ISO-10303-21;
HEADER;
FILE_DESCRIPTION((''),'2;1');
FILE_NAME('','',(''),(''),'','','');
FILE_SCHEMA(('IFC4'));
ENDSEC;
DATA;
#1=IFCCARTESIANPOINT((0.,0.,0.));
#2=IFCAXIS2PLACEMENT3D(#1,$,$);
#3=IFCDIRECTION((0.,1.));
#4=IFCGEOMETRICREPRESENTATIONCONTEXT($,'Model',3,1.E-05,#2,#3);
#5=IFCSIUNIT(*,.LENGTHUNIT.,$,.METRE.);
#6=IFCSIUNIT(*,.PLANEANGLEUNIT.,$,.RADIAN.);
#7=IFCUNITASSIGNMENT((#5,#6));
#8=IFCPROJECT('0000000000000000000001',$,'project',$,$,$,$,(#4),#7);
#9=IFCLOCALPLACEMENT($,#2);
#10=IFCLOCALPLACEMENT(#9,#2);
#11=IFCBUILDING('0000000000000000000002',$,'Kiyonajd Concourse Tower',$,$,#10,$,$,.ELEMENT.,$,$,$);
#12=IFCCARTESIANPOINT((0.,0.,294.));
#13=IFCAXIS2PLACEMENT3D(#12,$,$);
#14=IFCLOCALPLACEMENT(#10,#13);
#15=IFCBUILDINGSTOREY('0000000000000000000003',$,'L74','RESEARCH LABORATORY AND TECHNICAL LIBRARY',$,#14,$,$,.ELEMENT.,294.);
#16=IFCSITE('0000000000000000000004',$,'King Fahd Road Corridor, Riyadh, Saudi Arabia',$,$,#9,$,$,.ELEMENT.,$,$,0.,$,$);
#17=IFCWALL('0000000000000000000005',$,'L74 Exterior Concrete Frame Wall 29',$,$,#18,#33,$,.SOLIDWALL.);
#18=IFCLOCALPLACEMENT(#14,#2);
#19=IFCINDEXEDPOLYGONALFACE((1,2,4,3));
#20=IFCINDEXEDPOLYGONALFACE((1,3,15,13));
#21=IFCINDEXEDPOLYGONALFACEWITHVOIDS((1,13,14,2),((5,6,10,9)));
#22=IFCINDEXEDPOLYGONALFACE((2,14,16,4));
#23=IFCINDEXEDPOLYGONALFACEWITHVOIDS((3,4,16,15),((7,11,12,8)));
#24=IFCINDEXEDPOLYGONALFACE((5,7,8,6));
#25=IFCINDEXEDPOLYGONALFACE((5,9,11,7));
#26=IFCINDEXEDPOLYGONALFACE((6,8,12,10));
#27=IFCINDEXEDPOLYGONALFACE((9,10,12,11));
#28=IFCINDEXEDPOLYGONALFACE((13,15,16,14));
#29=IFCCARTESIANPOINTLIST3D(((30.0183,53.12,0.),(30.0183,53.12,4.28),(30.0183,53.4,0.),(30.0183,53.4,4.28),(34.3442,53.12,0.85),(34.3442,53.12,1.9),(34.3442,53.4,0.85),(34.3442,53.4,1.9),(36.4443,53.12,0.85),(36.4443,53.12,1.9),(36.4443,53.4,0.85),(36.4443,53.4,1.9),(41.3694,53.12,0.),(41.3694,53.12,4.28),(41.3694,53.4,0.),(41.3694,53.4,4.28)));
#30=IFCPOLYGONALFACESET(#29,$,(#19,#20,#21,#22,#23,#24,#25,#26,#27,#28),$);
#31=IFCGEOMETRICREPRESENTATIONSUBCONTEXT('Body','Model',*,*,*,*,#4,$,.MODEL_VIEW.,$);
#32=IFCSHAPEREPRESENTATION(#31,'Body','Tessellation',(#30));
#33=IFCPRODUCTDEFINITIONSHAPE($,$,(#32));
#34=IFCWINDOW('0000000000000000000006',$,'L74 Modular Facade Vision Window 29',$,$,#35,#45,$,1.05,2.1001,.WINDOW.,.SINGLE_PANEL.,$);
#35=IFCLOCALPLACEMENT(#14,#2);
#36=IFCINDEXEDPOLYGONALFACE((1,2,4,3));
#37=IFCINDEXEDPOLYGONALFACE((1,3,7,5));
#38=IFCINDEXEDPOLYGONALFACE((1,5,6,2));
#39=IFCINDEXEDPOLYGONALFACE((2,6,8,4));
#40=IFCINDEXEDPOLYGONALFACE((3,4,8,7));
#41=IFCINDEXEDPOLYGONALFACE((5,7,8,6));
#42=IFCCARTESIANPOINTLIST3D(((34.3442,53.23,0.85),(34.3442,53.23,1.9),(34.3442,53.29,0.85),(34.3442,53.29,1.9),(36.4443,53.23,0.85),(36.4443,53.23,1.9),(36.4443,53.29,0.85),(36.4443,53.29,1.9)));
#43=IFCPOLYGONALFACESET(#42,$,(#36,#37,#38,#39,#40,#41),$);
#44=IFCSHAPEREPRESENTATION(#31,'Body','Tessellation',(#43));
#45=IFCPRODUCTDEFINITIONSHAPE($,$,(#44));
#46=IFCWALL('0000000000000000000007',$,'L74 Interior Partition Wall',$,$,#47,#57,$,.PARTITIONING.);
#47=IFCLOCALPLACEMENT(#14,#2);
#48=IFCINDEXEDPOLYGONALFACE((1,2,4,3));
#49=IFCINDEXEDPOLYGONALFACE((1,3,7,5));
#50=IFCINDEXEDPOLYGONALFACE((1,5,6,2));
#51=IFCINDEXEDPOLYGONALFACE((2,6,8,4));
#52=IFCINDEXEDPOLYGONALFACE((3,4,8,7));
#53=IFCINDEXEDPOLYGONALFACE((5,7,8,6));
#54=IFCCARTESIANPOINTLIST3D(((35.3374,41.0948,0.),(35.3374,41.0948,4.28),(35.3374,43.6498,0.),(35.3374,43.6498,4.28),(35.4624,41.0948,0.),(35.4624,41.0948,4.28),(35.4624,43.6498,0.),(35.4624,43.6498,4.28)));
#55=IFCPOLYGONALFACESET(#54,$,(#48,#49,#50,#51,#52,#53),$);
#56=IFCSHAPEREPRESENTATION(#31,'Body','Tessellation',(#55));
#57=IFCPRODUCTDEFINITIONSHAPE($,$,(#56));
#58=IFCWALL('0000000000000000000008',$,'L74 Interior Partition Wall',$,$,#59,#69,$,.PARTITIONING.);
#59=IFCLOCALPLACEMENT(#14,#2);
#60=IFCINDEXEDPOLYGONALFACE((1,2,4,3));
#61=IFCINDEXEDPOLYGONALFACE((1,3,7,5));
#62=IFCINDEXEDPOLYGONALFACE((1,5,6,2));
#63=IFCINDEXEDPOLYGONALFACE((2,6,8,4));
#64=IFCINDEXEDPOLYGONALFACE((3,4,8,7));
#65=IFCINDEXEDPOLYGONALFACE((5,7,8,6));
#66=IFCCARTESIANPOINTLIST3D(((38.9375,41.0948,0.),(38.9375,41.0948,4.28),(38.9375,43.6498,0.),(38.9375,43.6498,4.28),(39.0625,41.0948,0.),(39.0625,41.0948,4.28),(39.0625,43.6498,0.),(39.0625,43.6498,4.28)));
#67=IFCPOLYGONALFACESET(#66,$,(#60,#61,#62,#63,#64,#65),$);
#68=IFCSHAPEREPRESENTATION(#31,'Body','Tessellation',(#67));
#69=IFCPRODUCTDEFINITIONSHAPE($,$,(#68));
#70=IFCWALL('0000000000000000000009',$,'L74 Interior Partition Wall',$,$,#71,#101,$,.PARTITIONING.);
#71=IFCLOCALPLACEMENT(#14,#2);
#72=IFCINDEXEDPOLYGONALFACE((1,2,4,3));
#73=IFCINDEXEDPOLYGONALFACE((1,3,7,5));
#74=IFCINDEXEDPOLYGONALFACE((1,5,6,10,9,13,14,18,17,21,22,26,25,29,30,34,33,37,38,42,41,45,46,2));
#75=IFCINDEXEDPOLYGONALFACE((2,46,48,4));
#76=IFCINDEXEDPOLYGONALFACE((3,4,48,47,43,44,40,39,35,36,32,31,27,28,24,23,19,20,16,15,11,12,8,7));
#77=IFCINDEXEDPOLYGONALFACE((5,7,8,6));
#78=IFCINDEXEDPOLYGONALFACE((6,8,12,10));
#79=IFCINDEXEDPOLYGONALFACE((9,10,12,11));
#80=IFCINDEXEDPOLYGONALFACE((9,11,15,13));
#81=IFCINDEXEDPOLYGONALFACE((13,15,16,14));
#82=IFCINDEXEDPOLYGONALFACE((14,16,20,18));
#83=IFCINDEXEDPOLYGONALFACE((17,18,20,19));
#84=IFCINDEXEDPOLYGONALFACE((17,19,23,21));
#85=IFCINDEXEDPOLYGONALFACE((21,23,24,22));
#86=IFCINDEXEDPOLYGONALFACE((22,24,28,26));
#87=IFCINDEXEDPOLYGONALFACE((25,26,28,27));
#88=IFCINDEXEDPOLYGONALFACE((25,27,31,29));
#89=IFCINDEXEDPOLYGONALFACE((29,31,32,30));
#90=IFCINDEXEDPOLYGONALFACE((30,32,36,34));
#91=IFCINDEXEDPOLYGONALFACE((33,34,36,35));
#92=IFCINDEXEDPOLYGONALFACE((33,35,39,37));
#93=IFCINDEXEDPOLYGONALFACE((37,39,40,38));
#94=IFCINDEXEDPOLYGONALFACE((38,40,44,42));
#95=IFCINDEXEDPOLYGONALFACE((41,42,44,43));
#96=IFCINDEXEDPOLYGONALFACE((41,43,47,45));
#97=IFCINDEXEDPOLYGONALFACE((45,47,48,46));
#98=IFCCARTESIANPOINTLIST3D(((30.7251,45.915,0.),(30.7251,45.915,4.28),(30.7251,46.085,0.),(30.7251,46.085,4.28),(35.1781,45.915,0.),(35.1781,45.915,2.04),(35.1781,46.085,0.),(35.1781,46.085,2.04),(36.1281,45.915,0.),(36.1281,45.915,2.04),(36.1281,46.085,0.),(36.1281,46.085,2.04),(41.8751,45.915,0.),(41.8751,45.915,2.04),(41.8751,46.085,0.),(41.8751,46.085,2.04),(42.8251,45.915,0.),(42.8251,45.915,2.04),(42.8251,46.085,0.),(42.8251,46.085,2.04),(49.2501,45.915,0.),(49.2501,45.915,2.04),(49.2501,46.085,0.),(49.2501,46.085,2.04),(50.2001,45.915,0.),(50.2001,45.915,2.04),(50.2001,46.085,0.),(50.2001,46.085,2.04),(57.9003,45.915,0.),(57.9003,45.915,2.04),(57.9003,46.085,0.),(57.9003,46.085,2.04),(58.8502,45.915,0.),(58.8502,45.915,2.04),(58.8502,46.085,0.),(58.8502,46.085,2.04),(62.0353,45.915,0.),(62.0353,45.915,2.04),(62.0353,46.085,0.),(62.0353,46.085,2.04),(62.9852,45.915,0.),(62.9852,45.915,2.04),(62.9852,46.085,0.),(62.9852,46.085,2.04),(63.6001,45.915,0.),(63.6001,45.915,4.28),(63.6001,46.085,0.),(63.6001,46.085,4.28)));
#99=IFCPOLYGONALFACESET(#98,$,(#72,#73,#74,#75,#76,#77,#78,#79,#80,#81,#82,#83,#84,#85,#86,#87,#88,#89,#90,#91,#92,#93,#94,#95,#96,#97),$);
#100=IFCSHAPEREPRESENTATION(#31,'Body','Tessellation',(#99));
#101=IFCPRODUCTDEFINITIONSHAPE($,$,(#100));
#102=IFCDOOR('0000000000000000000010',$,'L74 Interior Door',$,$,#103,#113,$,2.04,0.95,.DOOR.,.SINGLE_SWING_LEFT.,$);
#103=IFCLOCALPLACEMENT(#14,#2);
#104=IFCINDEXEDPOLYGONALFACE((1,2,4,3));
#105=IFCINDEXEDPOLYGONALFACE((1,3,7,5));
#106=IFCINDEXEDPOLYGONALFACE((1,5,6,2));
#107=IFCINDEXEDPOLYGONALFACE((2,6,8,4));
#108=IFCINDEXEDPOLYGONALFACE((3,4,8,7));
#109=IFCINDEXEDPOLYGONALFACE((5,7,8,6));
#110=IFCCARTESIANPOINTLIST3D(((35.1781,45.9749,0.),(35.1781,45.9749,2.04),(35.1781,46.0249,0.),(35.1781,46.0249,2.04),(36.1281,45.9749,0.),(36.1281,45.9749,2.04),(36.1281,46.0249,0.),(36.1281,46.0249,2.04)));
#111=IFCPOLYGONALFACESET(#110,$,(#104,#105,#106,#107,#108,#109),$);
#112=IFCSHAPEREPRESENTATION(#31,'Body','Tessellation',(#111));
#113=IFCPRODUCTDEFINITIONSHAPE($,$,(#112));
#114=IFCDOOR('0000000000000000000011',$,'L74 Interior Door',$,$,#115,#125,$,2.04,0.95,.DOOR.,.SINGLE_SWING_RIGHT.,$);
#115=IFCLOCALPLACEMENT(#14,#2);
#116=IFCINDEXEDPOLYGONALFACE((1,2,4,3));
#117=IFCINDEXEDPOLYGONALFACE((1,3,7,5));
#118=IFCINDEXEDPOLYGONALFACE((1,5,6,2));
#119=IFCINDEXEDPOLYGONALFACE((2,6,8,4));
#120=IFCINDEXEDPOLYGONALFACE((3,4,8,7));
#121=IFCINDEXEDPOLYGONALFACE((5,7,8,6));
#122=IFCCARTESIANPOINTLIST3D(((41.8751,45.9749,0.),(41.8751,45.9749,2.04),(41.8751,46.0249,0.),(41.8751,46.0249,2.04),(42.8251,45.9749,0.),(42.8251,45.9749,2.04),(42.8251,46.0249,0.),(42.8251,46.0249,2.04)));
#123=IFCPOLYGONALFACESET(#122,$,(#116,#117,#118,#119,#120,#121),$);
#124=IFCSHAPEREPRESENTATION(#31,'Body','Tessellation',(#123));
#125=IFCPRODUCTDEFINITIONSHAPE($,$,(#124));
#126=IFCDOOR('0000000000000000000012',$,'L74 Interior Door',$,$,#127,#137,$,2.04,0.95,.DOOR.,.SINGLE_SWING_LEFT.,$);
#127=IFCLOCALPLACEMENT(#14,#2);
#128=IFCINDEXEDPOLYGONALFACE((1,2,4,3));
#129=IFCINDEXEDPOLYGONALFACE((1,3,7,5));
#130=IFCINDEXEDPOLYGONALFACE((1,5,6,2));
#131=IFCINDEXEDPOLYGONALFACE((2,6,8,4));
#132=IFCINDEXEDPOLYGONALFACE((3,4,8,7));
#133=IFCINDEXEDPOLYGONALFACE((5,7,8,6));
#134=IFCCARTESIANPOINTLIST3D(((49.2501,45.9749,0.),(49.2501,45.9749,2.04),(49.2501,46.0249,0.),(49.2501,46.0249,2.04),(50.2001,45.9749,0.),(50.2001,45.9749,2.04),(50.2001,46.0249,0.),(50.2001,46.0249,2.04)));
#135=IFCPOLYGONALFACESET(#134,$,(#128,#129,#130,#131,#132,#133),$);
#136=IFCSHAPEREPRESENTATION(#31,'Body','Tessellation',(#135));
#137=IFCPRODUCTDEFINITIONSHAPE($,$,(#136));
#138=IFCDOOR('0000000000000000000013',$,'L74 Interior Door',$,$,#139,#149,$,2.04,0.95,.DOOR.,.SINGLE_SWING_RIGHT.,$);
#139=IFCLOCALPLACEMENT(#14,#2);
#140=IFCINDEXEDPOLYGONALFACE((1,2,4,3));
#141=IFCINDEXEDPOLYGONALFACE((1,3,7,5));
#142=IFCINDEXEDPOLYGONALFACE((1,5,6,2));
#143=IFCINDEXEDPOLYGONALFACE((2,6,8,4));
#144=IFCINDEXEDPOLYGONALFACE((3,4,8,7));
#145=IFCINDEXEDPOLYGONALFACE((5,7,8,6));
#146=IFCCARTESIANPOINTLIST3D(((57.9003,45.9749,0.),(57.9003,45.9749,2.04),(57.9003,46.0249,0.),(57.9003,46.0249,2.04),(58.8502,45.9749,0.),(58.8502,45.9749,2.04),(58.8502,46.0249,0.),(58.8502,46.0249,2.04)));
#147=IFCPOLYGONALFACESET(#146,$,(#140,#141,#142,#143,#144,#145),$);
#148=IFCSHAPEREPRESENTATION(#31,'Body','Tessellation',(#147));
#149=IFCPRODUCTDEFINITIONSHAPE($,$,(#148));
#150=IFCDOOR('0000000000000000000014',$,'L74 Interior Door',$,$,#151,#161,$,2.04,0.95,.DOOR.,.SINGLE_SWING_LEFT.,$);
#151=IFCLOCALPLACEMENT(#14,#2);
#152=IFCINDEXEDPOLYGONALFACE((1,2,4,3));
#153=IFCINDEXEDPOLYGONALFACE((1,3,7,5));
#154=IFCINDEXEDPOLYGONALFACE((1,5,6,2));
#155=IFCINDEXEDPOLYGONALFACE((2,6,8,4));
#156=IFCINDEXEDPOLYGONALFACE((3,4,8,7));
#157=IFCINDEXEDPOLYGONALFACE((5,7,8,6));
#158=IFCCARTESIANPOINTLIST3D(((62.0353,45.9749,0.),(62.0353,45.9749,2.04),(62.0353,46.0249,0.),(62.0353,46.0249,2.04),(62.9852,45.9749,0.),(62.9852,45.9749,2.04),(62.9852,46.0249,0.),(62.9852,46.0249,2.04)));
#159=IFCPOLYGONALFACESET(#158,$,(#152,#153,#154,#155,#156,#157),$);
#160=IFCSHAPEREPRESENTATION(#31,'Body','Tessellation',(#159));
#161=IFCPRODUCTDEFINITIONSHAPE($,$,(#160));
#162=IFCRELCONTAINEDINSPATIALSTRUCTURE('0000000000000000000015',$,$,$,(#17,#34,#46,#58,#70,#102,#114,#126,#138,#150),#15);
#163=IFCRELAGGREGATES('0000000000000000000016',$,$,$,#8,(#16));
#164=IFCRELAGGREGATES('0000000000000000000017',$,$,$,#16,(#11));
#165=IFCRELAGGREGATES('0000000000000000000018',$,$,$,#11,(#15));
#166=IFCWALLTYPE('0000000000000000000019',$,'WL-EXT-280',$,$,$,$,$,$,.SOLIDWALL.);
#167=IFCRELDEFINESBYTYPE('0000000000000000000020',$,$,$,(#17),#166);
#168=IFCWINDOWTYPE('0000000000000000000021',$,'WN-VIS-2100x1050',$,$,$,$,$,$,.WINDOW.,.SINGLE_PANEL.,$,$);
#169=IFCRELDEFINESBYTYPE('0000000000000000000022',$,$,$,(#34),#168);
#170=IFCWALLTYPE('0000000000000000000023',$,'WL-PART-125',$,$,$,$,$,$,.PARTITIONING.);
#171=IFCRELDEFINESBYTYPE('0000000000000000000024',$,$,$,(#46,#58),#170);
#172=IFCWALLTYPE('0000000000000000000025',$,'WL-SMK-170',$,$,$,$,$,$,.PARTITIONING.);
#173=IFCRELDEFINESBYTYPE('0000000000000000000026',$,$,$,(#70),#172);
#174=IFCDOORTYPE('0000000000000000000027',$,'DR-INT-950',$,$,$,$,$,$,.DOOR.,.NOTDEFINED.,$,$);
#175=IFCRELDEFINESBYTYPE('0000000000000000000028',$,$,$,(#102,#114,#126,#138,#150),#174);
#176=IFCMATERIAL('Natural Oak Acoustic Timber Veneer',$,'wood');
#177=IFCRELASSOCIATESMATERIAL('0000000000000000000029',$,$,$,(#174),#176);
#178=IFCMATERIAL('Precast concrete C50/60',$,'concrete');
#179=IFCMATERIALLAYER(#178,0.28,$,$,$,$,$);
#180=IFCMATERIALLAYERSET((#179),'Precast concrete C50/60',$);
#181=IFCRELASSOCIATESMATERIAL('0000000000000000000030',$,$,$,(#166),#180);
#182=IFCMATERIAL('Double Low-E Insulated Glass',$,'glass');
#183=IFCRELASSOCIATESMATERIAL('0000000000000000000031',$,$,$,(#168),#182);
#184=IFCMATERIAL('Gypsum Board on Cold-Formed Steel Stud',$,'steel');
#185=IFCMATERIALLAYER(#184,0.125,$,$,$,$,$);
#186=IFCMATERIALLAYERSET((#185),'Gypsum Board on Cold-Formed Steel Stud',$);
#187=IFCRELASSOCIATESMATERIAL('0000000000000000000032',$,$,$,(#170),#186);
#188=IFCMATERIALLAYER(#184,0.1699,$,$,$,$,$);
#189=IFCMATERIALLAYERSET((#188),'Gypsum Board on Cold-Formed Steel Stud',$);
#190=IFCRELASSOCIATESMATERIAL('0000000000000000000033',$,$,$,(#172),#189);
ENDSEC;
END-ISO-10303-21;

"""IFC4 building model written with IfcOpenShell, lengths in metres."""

from ifc_helpers import new_model, si_unit, direction, frame, frame_2d, origin, place, context, subcontext, project, spatial, rectangle, extrude, material, layer, layer_set, type_object, element, fill, save


model = new_model("IFC4")

# Units and contexts
model_context = context("Model", 3, precision=1e-05, world=origin(), true_north=direction((0.0, 1.0)))
body_context = subcontext(model_context, "Body", "Model", "MODEL_VIEW")
ifc_project = project(units=[si_unit("LENGTHUNIT", "METRE"), si_unit("PLANEANGLEUNIT", "RADIAN")], contexts=[model_context])

# Site, building, storey
site_placement = place(None, origin())
site = spatial("IfcSite", under=ifc_project, at=site_placement, Name="King Fahd Road Corridor, Riyadh, Saudi Arabia", CompositionType="ELEMENT", RefElevation=0.0)
building_placement = place(site_placement, origin())
building = spatial("IfcBuilding", under=site, at=building_placement, Name="Kiyonajd Concourse Tower", CompositionType="ELEMENT")
storey_placement = place(building_placement, frame((0.0, 0.0, 294.0)))
storey = spatial("IfcBuildingStorey", under=building, at=storey_placement, Name="L74", Description="RESEARCH LABORATORY AND TECHNICAL LIBRARY", CompositionType="ELEMENT", Elevation=294.0)

# Shared definitions
ifc_material_1 = material(Name="Natural Oak Acoustic Timber Veneer", Category="wood")
door_type_1 = type_object("IfcDoorType", Name="DR-INT-950", OperationType="NOTDEFINED", PredefinedType="DOOR", material=ifc_material_1)

# Shared definitions
ifc_material_2 = material(Name="Precast concrete C50/60", Category="concrete")
ifc_layer_1 = layer(ifc_material_2, 0.28)
ifc_layer_set_1 = layer_set([ifc_layer_1], Name="Precast concrete C50/60")
wall_type_1 = type_object("IfcWallType", Name="WL-EXT-280", PredefinedType="SOLIDWALL", material=ifc_layer_set_1)

# Wall, opening, window
wall_1_placement = place(storey_placement, frame((30.0183, 53.26, 0.0), z_axis=(0.0, 0.0, 1.0), x_axis=(1.0, 0.0, 0.0)))
wall_1 = element("IfcWall", 1, at=wall_1_placement, inside=storey, type_object=wall_type_1, Name="L74 Exterior Concrete Frame Wall 29", PredefinedType="SOLIDWALL", context=body_context, shape_type="SweptSolid", body=[
    extrude(rectangle(XDim=11.3511, YDim=0.28, at=frame_2d((5.6755, 0.0))), origin(), (0.0, 0.0, 1.0), 4.28),
])
opening_1_placement = place(wall_1_placement, frame((4.3259, 0.0, 0.8501)))
opening_1 = element("IfcOpeningElement", 2, at=opening_1_placement, cuts=wall_1, PredefinedType="OPENING", context=body_context, shape_type="SweptSolid", body=[
    extrude(rectangle(XDim=2.1001, YDim=1.05, at=frame_2d((1.05, 0.5249))), frame((0.0, 0.1499, 0.0), z_axis=(0.0, -1.0, 0.0), x_axis=(1.0, 0.0, 0.0)), (0.0, 0.0, 1.0), 0.3),
])
ifc_material_3 = material(Name="Double Low-E Insulated Glass", Category="glass")
window_type = type_object("IfcWindowType", Name="WN-VIS-2100x1050", PartitioningType="SINGLE_PANEL", PredefinedType="WINDOW", material=ifc_material_3)
window_placement = place(opening_1_placement, origin())
window = element("IfcWindow", 3, at=window_placement, inside=storey, type_object=window_type, Name="L74 Modular Facade Vision Window 29", OverallHeight=1.05, OverallWidth=2.1001, PartitioningType="SINGLE_PANEL", PredefinedType="WINDOW", context=body_context, shape_type="SweptSolid", body=[
    extrude(rectangle(XDim=2.1001, YDim=1.05, at=frame_2d((1.05, 0.5249))), frame((0.0, 0.03, 0.0), z_axis=(0.0, -1.0, 0.0), x_axis=(1.0, 0.0, 0.0)), (0.0, 0.0, 1.0), 0.0601),
])
fill(opening_1, window)

# Walls
ifc_material_4 = material(Name="Gypsum Board on Cold-Formed Steel Stud", Category="steel")
ifc_layer_2 = layer(ifc_material_4, 0.125)
ifc_layer_set_2 = layer_set([ifc_layer_2], Name="Gypsum Board on Cold-Formed Steel Stud")
wall_type_2 = type_object("IfcWallType", Name="WL-PART-125", PredefinedType="PARTITIONING", material=ifc_layer_set_2)
for number, where, z_axis, x_axis, name in (
    (4, (35.3999, 41.095, 0.0), (0.0, 0.0, 1.0), (0.0, 1.0, 0.0), "L74 Interior Partition Wall"),
    (5, (39.0, 41.095, 0.0), (0.0, 0.0, 1.0), (0.0, 1.0, 0.0), "L74 Interior Partition Wall"),
):
    element("IfcWall", number, at=place(storey_placement, frame(where, z_axis=z_axis, x_axis=x_axis)), inside=storey, type_object=wall_type_2, Name=name, PredefinedType="PARTITIONING", context=body_context, shape_type="SweptSolid", body=[
        extrude(rectangle(XDim=2.5549, YDim=0.125, at=frame_2d((1.2773, 0.0))), origin(), (0.0, 0.0, 1.0), 4.28),
    ])

# Wall, openings, doors
ifc_layer_3 = layer(ifc_material_4, 0.1699)
ifc_layer_set_3 = layer_set([ifc_layer_3], Name="Gypsum Board on Cold-Formed Steel Stud")
wall_type_3 = type_object("IfcWallType", Name="WL-SMK-170", PredefinedType="PARTITIONING", material=ifc_layer_set_3)
wall_2_placement = place(storey_placement, frame((30.7251, 46.0, 0.0), z_axis=(0.0, 0.0, 1.0), x_axis=(1.0, 0.0, 0.0)))
wall_2 = element("IfcWall", 6, at=wall_2_placement, inside=storey, type_object=wall_type_3, Name="L74 Interior Partition Wall", PredefinedType="PARTITIONING", context=body_context, shape_type="SweptSolid", body=[
    extrude(rectangle(XDim=32.875, YDim=0.1699, at=frame_2d((16.4375, 0.0))), origin(), (0.0, 0.0, 1.0), 4.28),
])
opening_2_placement = place(wall_2_placement, frame((4.4529, 0.0, 0.0)))
opening_2 = element("IfcOpeningElement", 7, at=opening_2_placement, cuts=wall_2, PredefinedType="OPENING", context=body_context, shape_type="SweptSolid", body=[
    extrude(rectangle(XDim=0.95, YDim=2.04, at=frame_2d((0.4751, 1.02))), frame((0.0, 0.095, 0.0), z_axis=(0.0, -1.0, 0.0), x_axis=(1.0, 0.0, 0.0)), (0.0, 0.0, 1.0), 0.1899),
])
opening_3_placement = place(wall_2_placement, frame((11.1499, 0.0, 0.0)))
opening_3 = element("IfcOpeningElement", 8, at=opening_3_placement, cuts=wall_2, PredefinedType="OPENING", context=body_context, shape_type="SweptSolid", body=[
    extrude(rectangle(XDim=0.95, YDim=2.04, at=frame_2d((0.4751, 1.02))), frame((0.0, 0.095, 0.0), z_axis=(0.0, -1.0, 0.0), x_axis=(1.0, 0.0, 0.0)), (0.0, 0.0, 1.0), 0.1899),
])
opening_4_placement = place(wall_2_placement, frame((18.5249, 0.0, 0.0)))
opening_4 = element("IfcOpeningElement", 9, at=opening_4_placement, cuts=wall_2, PredefinedType="OPENING", context=body_context, shape_type="SweptSolid", body=[
    extrude(rectangle(XDim=0.95, YDim=2.04, at=frame_2d((0.4751, 1.02))), frame((0.0, 0.095, 0.0), z_axis=(0.0, -1.0, 0.0), x_axis=(1.0, 0.0, 0.0)), (0.0, 0.0, 1.0), 0.1899),
])
opening_5_placement = place(wall_2_placement, frame((27.175, 0.0, 0.0)))
opening_5 = element("IfcOpeningElement", 10, at=opening_5_placement, cuts=wall_2, PredefinedType="OPENING", context=body_context, shape_type="SweptSolid", body=[
    extrude(rectangle(XDim=0.95, YDim=2.04, at=frame_2d((0.4751, 1.02))), frame((0.0, 0.095, 0.0), z_axis=(0.0, -1.0, 0.0), x_axis=(1.0, 0.0, 0.0)), (0.0, 0.0, 1.0), 0.1899),
])
opening_6_placement = place(wall_2_placement, frame((31.3101, 0.0, 0.0)))
opening_6 = element("IfcOpeningElement", 11, at=opening_6_placement, cuts=wall_2, PredefinedType="OPENING", context=body_context, shape_type="SweptSolid", body=[
    extrude(rectangle(XDim=0.95, YDim=2.04, at=frame_2d((0.4751, 1.02))), frame((0.0, 0.095, 0.0), z_axis=(0.0, -1.0, 0.0), x_axis=(1.0, 0.0, 0.0)), (0.0, 0.0, 1.0), 0.1899),
])
door_1_placement = place(opening_2_placement, origin())
door_1 = element("IfcDoor", 12, at=door_1_placement, inside=storey, type_object=door_type_1, Name="L74 Interior Door", OperationType="SINGLE_SWING_LEFT", OverallHeight=2.04, OverallWidth=0.95, PredefinedType="DOOR", context=body_context, shape_type="SweptSolid", body=[
    extrude(rectangle(XDim=0.95, YDim=2.04, at=frame_2d((0.4751, 1.02))), frame((0.0, 0.0249, 0.0), z_axis=(0.0, -1.0, 0.0), x_axis=(1.0, 0.0, 0.0)), (0.0, 0.0, 1.0), 0.05),
])
fill(opening_2, door_1)
door_2_placement = place(opening_3_placement, origin())
door_2 = element("IfcDoor", 13, at=door_2_placement, inside=storey, type_object=door_type_1, Name="L74 Interior Door", OperationType="SINGLE_SWING_RIGHT", OverallHeight=2.04, OverallWidth=0.95, PredefinedType="DOOR", context=body_context, shape_type="SweptSolid", body=[
    extrude(rectangle(XDim=0.95, YDim=2.04, at=frame_2d((0.4751, 1.02))), frame((0.0, 0.0249, 0.0), z_axis=(0.0, -1.0, 0.0), x_axis=(1.0, 0.0, 0.0)), (0.0, 0.0, 1.0), 0.05),
])
fill(opening_3, door_2)
door_3_placement = place(opening_4_placement, origin())
door_3 = element("IfcDoor", 14, at=door_3_placement, inside=storey, type_object=door_type_1, Name="L74 Interior Door", OperationType="SINGLE_SWING_LEFT", OverallHeight=2.04, OverallWidth=0.95, PredefinedType="DOOR", context=body_context, shape_type="SweptSolid", body=[
    extrude(rectangle(XDim=0.95, YDim=2.04, at=frame_2d((0.4751, 1.02))), frame((0.0, 0.0249, 0.0), z_axis=(0.0, -1.0, 0.0), x_axis=(1.0, 0.0, 0.0)), (0.0, 0.0, 1.0), 0.05),
])
fill(opening_4, door_3)
door_4_placement = place(opening_5_placement, origin())
door_4 = element("IfcDoor", 15, at=door_4_placement, inside=storey, type_object=door_type_1, Name="L74 Interior Door", OperationType="SINGLE_SWING_RIGHT", OverallHeight=2.04, OverallWidth=0.95, PredefinedType="DOOR", context=body_context, shape_type="SweptSolid", body=[
    extrude(rectangle(XDim=0.95, YDim=2.04, at=frame_2d((0.4751, 1.02))), frame((0.0, 0.0249, 0.0), z_axis=(0.0, -1.0, 0.0), x_axis=(1.0, 0.0, 0.0)), (0.0, 0.0, 1.0), 0.05),
])
fill(opening_5, door_4)
door_5_placement = place(opening_6_placement, origin())
door_5 = element("IfcDoor", 16, at=door_5_placement, inside=storey, type_object=door_type_1, Name="L74 Interior Door", OperationType="SINGLE_SWING_LEFT", OverallHeight=2.04, OverallWidth=0.95, PredefinedType="DOOR", context=body_context, shape_type="SweptSolid", body=[
    extrude(rectangle(XDim=0.95, YDim=2.04, at=frame_2d((0.4751, 1.02))), frame((0.0, 0.0249, 0.0), z_axis=(0.0, -1.0, 0.0), x_axis=(1.0, 0.0, 0.0)), (0.0, 0.0, 1.0), 0.05),
])
fill(opening_6, door_5)

save(model, "model.ifc")
